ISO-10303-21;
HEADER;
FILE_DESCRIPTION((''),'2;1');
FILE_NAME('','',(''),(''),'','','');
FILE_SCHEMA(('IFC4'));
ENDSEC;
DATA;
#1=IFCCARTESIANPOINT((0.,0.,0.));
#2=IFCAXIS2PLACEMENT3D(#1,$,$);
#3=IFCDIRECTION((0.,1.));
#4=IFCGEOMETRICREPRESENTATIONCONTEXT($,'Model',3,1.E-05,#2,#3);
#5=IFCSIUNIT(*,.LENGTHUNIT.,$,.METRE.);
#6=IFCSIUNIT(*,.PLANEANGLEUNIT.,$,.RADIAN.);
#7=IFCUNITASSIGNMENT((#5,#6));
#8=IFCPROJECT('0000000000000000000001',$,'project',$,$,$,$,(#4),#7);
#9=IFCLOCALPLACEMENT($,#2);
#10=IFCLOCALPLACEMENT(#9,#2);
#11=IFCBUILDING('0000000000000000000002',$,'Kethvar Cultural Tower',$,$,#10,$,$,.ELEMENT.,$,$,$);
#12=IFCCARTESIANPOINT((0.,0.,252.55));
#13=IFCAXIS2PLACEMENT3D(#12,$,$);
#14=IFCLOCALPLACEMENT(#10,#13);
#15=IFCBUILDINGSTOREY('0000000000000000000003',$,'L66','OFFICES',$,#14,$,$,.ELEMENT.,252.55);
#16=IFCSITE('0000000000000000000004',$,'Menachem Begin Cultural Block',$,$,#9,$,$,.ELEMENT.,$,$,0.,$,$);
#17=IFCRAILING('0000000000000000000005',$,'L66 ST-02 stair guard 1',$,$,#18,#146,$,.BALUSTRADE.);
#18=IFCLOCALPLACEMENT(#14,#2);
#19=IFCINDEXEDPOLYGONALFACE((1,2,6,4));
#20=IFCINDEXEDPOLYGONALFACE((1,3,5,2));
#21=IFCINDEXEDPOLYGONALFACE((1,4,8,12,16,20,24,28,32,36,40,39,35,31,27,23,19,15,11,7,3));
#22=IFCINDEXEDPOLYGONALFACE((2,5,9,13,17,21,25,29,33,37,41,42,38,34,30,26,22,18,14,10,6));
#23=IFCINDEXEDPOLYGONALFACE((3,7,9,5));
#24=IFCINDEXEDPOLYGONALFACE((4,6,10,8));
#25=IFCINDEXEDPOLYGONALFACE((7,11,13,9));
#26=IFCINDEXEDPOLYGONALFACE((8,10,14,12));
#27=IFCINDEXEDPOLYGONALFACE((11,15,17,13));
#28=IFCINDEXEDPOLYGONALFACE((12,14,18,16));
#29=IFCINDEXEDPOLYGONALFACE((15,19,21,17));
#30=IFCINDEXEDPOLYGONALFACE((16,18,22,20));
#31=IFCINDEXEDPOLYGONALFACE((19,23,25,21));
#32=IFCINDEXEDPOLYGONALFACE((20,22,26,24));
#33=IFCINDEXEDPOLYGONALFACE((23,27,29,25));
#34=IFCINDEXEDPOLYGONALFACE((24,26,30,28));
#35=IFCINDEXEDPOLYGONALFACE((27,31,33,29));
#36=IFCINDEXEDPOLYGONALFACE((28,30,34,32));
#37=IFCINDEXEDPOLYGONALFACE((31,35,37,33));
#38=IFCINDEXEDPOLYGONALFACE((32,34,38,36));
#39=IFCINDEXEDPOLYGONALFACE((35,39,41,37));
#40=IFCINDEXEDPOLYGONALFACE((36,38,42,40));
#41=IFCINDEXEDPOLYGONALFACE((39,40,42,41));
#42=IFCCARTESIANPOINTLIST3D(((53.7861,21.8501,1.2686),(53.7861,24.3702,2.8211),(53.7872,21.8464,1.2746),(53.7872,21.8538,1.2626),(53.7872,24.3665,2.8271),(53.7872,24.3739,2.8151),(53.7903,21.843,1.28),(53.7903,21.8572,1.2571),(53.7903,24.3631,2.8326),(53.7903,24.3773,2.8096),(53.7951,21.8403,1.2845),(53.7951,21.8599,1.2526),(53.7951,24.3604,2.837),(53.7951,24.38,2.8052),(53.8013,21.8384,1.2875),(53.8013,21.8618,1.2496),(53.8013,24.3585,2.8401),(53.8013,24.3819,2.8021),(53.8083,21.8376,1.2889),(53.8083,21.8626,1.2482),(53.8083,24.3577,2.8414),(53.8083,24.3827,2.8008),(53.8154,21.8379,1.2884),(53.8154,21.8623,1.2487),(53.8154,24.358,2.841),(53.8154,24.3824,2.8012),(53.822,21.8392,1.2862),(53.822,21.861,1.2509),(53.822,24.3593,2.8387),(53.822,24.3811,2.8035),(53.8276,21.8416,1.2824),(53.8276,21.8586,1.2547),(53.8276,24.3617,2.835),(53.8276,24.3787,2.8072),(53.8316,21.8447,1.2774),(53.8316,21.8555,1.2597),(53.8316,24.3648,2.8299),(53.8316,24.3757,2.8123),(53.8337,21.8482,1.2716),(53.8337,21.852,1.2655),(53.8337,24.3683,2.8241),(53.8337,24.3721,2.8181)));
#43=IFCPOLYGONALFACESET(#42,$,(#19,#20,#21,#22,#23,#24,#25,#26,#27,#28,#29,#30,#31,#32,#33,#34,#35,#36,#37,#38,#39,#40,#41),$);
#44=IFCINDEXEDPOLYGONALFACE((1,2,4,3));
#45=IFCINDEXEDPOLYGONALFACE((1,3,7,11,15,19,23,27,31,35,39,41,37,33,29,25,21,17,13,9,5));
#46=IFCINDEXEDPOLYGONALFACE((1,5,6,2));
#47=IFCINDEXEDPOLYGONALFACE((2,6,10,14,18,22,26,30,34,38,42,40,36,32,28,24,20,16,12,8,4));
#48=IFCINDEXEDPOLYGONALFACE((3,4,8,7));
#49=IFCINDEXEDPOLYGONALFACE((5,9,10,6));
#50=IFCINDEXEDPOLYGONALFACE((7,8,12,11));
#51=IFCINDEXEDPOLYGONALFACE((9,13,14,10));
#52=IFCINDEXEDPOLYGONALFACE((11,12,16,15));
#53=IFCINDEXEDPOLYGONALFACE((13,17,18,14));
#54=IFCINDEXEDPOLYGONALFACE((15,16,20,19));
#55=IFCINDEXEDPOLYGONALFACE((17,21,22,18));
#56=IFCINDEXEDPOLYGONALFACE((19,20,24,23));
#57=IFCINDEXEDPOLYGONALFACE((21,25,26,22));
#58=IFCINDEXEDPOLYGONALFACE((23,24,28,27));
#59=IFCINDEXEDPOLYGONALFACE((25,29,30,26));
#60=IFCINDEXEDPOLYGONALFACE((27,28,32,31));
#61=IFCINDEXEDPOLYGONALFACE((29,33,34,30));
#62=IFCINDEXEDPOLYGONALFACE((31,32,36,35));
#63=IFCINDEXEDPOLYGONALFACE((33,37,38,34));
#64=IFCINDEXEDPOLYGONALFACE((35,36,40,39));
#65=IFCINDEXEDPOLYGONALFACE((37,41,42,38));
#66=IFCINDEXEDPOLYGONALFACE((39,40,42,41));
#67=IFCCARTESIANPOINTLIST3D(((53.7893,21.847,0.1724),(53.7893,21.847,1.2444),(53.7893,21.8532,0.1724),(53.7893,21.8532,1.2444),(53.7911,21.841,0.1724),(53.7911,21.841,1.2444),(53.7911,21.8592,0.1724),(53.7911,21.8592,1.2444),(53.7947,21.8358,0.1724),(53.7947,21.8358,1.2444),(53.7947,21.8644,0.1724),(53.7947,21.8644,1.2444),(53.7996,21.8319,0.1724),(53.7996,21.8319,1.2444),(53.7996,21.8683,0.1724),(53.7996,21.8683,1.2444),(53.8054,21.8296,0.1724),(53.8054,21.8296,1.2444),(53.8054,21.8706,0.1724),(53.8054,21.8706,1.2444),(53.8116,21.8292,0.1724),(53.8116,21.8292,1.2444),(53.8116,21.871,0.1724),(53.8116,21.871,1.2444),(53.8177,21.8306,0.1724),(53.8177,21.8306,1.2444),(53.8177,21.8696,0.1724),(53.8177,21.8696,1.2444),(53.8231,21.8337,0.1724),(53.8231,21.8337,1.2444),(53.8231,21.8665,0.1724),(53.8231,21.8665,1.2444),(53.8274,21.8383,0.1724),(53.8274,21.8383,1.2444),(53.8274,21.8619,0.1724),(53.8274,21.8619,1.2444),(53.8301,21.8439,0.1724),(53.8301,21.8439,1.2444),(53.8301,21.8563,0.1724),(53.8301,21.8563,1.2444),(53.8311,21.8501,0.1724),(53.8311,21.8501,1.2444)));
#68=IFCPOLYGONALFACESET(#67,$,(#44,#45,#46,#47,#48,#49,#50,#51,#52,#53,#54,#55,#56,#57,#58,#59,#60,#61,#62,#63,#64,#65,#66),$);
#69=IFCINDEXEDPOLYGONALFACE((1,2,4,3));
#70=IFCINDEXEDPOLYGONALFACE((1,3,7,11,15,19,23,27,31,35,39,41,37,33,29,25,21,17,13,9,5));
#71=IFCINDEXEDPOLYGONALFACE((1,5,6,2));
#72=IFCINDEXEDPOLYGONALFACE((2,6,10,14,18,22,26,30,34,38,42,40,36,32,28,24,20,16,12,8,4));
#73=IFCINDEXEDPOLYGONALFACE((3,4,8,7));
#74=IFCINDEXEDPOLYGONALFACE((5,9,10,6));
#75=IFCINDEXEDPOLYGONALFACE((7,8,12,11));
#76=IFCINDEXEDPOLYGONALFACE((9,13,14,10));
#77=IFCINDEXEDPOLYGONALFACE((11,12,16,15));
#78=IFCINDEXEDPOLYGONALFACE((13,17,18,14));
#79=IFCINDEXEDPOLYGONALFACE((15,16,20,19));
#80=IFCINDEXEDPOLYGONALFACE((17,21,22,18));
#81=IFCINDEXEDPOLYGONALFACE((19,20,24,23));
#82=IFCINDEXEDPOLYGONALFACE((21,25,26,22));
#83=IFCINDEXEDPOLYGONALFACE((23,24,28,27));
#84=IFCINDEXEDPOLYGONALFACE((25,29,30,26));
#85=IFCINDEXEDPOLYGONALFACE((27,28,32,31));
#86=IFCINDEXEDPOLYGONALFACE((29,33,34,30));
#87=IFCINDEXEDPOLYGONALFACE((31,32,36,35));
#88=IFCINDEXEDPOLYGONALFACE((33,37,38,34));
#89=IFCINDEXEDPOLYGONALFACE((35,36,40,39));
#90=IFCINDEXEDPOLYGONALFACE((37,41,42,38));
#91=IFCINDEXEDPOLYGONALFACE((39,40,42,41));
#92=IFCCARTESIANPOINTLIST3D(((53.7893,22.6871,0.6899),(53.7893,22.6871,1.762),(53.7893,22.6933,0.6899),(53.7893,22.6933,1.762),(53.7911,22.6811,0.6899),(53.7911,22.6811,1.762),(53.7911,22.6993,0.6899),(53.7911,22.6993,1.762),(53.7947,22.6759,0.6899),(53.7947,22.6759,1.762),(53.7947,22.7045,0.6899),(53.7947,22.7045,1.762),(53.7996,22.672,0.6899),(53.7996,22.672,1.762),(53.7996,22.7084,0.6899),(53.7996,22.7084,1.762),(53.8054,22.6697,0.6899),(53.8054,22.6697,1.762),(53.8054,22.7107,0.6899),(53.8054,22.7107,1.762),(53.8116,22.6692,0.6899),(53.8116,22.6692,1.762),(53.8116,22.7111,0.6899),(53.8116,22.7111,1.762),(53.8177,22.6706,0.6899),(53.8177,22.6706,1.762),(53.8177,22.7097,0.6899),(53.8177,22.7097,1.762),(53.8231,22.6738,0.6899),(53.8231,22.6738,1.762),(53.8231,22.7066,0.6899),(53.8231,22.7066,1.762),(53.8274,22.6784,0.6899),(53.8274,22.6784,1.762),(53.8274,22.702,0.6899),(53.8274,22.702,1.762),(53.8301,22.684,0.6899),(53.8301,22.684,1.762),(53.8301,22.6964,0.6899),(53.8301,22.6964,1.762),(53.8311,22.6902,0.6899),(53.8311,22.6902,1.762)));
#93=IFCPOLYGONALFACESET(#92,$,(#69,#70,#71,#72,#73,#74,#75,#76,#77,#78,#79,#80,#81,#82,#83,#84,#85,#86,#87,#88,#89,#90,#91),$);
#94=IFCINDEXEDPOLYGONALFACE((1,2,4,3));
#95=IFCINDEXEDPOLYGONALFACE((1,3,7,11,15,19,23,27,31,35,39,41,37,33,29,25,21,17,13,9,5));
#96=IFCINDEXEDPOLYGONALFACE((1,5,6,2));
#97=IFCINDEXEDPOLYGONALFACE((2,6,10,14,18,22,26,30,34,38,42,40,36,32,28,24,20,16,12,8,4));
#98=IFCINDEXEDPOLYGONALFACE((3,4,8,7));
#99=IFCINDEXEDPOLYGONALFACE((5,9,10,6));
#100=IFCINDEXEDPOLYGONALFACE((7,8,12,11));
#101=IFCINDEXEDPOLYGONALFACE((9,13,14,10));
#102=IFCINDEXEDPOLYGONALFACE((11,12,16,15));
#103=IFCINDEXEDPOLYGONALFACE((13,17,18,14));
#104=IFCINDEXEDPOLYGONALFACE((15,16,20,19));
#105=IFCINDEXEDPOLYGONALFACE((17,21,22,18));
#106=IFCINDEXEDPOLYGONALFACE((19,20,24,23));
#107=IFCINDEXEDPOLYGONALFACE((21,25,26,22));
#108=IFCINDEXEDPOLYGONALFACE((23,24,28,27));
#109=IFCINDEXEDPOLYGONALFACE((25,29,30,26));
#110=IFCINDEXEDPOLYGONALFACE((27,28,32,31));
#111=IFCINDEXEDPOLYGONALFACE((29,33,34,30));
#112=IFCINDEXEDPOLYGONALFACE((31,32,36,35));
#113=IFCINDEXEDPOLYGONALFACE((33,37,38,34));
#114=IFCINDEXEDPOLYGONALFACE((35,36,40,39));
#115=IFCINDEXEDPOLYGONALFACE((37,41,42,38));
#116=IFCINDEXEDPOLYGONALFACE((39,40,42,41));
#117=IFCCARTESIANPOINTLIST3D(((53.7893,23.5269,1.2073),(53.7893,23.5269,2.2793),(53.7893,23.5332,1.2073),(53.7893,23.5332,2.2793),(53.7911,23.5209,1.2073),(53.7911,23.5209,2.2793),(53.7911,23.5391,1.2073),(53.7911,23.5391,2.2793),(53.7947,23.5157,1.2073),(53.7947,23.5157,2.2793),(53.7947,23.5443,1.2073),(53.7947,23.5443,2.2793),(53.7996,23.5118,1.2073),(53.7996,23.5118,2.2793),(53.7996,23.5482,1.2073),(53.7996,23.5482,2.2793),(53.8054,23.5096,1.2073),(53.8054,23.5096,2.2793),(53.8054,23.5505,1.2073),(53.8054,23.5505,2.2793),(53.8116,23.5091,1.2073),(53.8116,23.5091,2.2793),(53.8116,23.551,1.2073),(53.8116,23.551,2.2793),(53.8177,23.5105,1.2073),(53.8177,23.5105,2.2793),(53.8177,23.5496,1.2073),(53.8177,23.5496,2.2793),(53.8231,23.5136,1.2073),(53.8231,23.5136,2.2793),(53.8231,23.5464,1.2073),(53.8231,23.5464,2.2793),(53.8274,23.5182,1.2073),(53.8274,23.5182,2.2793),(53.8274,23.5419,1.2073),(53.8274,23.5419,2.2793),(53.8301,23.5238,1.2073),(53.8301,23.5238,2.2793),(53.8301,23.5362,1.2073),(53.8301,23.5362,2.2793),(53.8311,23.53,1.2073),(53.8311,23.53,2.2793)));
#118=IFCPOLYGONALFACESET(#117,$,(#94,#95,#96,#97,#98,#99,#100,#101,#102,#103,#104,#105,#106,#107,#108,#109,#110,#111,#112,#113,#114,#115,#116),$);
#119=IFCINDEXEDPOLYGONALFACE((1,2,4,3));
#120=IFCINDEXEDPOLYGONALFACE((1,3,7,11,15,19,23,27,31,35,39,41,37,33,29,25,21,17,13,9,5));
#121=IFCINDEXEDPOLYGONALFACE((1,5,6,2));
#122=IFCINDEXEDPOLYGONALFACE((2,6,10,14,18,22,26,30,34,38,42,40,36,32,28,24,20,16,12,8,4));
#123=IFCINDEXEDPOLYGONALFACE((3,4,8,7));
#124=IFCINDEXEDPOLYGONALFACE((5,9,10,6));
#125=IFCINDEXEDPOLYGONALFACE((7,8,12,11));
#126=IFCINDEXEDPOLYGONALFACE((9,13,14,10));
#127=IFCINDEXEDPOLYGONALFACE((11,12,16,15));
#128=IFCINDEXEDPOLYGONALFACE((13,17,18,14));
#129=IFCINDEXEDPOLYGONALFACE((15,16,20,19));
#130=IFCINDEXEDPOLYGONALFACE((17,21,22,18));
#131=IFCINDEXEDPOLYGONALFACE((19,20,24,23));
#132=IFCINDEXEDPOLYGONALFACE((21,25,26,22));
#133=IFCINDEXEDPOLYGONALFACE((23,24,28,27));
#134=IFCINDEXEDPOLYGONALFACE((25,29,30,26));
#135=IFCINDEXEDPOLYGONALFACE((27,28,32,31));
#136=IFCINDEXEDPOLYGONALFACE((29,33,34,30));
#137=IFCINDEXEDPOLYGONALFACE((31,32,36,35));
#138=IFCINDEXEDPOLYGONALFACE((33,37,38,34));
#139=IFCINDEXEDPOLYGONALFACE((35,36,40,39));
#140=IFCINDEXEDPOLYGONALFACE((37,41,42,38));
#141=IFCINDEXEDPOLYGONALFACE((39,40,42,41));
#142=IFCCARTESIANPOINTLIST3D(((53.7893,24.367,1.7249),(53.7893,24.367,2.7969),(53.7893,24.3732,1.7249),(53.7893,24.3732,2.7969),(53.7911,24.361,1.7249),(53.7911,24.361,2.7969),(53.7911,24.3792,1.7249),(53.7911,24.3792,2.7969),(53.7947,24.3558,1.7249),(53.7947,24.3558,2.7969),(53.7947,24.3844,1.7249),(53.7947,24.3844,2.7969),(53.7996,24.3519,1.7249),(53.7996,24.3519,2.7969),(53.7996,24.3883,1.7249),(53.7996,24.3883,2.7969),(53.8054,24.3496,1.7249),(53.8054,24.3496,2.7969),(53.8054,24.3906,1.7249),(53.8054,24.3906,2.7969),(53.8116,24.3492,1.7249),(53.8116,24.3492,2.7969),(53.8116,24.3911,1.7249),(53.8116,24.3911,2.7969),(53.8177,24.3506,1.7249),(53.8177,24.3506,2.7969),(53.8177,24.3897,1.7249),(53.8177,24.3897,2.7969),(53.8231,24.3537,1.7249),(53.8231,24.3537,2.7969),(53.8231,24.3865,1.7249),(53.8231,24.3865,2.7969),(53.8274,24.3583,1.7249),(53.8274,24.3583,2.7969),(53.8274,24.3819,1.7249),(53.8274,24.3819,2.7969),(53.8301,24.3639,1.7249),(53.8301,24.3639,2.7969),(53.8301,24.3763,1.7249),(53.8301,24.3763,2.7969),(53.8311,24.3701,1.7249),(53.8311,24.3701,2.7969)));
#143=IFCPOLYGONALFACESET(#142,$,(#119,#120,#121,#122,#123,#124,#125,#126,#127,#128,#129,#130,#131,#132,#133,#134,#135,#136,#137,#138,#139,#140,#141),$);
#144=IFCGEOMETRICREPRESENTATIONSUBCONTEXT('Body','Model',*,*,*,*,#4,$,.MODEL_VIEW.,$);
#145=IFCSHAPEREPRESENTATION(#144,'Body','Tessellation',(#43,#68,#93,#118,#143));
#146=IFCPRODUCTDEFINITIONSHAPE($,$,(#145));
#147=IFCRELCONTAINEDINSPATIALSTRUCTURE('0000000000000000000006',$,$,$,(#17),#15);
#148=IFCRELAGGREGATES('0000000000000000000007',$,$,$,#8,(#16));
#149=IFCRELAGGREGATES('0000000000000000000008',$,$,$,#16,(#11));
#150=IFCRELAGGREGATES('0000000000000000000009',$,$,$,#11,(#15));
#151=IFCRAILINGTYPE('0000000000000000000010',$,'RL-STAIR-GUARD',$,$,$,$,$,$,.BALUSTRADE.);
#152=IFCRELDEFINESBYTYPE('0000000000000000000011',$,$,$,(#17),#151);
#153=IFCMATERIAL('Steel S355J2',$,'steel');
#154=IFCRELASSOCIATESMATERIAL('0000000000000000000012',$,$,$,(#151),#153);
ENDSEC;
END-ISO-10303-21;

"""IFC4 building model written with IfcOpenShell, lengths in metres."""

from ifc_helpers import new_model, si_unit, direction, frame, origin, origin_2d, place, context, subcontext, project, spatial, circle, extrude, material, type_object, element, save


model = new_model("IFC4")

# Units and contexts
model_context = context("Model", 3, precision=1e-05, world=origin(), true_north=direction((0.0, 1.0)))
body_context = subcontext(model_context, "Body", "Model", "MODEL_VIEW")
ifc_project = project(units=[si_unit("LENGTHUNIT", "METRE"), si_unit("PLANEANGLEUNIT", "RADIAN")], contexts=[model_context])

# Site, building, storey
site_placement = place(None, origin())
site = spatial("IfcSite", under=ifc_project, at=site_placement, Name="Menachem Begin Cultural Block", CompositionType="ELEMENT", RefElevation=0.0)
building_placement = place(site_placement, origin())
building = spatial("IfcBuilding", under=site, at=building_placement, Name="Kethvar Cultural Tower", CompositionType="ELEMENT")
storey_placement = place(building_placement, frame((0.0, 0.0, 252.55)))
storey = spatial("IfcBuildingStorey", under=building, at=storey_placement, Name="L66", Description="OFFICES", CompositionType="ELEMENT", Elevation=252.55)

# Shared definitions
ifc_material_1 = material(Name="Steel S355J2", Category="steel")

# Railing
railing_type_1 = type_object("IfcRailingType", Name="RL-STAIR-GUARD", PredefinedType="BALUSTRADE", material=ifc_material_1)
railing_1_placement = place(storey_placement, frame((53.8101, 21.8501, 0.1724)))
element("IfcRailing", 1, at=railing_1_placement, inside=storey, type_object=railing_type_1, Name="L66 ST-02 stair guard 1", PredefinedType="BALUSTRADE", context=body_context, shape_type="SweptSolid", body=[
    extrude(circle(Radius=0.0239, at=origin_2d()), frame((0.0, 0.0, 1.0962), z_axis=(0.0, 0.8514, 0.524516), x_axis=(-1.0, 0.0, 0.0)), (0.0, 0.0, 1.0), 2.96),
    extrude(circle(Radius=0.021, at=origin_2d()), origin(), (0.0, 0.0, 1.0), 1.072),
    extrude(circle(Radius=0.021, at=origin_2d()), frame((0.0, 0.8401, 0.5176)), (0.0, 0.0, 1.0), 1.072),
    extrude(circle(Radius=0.021, at=origin_2d()), frame((0.0, 1.6799, 1.0349)), (0.0, 0.0, 1.0), 1.072),
    extrude(circle(Radius=0.021, at=origin_2d()), frame((0.0, 2.52, 1.5525)), (0.0, 0.0, 1.0), 1.072),
])

save(model, "model.ifc")
